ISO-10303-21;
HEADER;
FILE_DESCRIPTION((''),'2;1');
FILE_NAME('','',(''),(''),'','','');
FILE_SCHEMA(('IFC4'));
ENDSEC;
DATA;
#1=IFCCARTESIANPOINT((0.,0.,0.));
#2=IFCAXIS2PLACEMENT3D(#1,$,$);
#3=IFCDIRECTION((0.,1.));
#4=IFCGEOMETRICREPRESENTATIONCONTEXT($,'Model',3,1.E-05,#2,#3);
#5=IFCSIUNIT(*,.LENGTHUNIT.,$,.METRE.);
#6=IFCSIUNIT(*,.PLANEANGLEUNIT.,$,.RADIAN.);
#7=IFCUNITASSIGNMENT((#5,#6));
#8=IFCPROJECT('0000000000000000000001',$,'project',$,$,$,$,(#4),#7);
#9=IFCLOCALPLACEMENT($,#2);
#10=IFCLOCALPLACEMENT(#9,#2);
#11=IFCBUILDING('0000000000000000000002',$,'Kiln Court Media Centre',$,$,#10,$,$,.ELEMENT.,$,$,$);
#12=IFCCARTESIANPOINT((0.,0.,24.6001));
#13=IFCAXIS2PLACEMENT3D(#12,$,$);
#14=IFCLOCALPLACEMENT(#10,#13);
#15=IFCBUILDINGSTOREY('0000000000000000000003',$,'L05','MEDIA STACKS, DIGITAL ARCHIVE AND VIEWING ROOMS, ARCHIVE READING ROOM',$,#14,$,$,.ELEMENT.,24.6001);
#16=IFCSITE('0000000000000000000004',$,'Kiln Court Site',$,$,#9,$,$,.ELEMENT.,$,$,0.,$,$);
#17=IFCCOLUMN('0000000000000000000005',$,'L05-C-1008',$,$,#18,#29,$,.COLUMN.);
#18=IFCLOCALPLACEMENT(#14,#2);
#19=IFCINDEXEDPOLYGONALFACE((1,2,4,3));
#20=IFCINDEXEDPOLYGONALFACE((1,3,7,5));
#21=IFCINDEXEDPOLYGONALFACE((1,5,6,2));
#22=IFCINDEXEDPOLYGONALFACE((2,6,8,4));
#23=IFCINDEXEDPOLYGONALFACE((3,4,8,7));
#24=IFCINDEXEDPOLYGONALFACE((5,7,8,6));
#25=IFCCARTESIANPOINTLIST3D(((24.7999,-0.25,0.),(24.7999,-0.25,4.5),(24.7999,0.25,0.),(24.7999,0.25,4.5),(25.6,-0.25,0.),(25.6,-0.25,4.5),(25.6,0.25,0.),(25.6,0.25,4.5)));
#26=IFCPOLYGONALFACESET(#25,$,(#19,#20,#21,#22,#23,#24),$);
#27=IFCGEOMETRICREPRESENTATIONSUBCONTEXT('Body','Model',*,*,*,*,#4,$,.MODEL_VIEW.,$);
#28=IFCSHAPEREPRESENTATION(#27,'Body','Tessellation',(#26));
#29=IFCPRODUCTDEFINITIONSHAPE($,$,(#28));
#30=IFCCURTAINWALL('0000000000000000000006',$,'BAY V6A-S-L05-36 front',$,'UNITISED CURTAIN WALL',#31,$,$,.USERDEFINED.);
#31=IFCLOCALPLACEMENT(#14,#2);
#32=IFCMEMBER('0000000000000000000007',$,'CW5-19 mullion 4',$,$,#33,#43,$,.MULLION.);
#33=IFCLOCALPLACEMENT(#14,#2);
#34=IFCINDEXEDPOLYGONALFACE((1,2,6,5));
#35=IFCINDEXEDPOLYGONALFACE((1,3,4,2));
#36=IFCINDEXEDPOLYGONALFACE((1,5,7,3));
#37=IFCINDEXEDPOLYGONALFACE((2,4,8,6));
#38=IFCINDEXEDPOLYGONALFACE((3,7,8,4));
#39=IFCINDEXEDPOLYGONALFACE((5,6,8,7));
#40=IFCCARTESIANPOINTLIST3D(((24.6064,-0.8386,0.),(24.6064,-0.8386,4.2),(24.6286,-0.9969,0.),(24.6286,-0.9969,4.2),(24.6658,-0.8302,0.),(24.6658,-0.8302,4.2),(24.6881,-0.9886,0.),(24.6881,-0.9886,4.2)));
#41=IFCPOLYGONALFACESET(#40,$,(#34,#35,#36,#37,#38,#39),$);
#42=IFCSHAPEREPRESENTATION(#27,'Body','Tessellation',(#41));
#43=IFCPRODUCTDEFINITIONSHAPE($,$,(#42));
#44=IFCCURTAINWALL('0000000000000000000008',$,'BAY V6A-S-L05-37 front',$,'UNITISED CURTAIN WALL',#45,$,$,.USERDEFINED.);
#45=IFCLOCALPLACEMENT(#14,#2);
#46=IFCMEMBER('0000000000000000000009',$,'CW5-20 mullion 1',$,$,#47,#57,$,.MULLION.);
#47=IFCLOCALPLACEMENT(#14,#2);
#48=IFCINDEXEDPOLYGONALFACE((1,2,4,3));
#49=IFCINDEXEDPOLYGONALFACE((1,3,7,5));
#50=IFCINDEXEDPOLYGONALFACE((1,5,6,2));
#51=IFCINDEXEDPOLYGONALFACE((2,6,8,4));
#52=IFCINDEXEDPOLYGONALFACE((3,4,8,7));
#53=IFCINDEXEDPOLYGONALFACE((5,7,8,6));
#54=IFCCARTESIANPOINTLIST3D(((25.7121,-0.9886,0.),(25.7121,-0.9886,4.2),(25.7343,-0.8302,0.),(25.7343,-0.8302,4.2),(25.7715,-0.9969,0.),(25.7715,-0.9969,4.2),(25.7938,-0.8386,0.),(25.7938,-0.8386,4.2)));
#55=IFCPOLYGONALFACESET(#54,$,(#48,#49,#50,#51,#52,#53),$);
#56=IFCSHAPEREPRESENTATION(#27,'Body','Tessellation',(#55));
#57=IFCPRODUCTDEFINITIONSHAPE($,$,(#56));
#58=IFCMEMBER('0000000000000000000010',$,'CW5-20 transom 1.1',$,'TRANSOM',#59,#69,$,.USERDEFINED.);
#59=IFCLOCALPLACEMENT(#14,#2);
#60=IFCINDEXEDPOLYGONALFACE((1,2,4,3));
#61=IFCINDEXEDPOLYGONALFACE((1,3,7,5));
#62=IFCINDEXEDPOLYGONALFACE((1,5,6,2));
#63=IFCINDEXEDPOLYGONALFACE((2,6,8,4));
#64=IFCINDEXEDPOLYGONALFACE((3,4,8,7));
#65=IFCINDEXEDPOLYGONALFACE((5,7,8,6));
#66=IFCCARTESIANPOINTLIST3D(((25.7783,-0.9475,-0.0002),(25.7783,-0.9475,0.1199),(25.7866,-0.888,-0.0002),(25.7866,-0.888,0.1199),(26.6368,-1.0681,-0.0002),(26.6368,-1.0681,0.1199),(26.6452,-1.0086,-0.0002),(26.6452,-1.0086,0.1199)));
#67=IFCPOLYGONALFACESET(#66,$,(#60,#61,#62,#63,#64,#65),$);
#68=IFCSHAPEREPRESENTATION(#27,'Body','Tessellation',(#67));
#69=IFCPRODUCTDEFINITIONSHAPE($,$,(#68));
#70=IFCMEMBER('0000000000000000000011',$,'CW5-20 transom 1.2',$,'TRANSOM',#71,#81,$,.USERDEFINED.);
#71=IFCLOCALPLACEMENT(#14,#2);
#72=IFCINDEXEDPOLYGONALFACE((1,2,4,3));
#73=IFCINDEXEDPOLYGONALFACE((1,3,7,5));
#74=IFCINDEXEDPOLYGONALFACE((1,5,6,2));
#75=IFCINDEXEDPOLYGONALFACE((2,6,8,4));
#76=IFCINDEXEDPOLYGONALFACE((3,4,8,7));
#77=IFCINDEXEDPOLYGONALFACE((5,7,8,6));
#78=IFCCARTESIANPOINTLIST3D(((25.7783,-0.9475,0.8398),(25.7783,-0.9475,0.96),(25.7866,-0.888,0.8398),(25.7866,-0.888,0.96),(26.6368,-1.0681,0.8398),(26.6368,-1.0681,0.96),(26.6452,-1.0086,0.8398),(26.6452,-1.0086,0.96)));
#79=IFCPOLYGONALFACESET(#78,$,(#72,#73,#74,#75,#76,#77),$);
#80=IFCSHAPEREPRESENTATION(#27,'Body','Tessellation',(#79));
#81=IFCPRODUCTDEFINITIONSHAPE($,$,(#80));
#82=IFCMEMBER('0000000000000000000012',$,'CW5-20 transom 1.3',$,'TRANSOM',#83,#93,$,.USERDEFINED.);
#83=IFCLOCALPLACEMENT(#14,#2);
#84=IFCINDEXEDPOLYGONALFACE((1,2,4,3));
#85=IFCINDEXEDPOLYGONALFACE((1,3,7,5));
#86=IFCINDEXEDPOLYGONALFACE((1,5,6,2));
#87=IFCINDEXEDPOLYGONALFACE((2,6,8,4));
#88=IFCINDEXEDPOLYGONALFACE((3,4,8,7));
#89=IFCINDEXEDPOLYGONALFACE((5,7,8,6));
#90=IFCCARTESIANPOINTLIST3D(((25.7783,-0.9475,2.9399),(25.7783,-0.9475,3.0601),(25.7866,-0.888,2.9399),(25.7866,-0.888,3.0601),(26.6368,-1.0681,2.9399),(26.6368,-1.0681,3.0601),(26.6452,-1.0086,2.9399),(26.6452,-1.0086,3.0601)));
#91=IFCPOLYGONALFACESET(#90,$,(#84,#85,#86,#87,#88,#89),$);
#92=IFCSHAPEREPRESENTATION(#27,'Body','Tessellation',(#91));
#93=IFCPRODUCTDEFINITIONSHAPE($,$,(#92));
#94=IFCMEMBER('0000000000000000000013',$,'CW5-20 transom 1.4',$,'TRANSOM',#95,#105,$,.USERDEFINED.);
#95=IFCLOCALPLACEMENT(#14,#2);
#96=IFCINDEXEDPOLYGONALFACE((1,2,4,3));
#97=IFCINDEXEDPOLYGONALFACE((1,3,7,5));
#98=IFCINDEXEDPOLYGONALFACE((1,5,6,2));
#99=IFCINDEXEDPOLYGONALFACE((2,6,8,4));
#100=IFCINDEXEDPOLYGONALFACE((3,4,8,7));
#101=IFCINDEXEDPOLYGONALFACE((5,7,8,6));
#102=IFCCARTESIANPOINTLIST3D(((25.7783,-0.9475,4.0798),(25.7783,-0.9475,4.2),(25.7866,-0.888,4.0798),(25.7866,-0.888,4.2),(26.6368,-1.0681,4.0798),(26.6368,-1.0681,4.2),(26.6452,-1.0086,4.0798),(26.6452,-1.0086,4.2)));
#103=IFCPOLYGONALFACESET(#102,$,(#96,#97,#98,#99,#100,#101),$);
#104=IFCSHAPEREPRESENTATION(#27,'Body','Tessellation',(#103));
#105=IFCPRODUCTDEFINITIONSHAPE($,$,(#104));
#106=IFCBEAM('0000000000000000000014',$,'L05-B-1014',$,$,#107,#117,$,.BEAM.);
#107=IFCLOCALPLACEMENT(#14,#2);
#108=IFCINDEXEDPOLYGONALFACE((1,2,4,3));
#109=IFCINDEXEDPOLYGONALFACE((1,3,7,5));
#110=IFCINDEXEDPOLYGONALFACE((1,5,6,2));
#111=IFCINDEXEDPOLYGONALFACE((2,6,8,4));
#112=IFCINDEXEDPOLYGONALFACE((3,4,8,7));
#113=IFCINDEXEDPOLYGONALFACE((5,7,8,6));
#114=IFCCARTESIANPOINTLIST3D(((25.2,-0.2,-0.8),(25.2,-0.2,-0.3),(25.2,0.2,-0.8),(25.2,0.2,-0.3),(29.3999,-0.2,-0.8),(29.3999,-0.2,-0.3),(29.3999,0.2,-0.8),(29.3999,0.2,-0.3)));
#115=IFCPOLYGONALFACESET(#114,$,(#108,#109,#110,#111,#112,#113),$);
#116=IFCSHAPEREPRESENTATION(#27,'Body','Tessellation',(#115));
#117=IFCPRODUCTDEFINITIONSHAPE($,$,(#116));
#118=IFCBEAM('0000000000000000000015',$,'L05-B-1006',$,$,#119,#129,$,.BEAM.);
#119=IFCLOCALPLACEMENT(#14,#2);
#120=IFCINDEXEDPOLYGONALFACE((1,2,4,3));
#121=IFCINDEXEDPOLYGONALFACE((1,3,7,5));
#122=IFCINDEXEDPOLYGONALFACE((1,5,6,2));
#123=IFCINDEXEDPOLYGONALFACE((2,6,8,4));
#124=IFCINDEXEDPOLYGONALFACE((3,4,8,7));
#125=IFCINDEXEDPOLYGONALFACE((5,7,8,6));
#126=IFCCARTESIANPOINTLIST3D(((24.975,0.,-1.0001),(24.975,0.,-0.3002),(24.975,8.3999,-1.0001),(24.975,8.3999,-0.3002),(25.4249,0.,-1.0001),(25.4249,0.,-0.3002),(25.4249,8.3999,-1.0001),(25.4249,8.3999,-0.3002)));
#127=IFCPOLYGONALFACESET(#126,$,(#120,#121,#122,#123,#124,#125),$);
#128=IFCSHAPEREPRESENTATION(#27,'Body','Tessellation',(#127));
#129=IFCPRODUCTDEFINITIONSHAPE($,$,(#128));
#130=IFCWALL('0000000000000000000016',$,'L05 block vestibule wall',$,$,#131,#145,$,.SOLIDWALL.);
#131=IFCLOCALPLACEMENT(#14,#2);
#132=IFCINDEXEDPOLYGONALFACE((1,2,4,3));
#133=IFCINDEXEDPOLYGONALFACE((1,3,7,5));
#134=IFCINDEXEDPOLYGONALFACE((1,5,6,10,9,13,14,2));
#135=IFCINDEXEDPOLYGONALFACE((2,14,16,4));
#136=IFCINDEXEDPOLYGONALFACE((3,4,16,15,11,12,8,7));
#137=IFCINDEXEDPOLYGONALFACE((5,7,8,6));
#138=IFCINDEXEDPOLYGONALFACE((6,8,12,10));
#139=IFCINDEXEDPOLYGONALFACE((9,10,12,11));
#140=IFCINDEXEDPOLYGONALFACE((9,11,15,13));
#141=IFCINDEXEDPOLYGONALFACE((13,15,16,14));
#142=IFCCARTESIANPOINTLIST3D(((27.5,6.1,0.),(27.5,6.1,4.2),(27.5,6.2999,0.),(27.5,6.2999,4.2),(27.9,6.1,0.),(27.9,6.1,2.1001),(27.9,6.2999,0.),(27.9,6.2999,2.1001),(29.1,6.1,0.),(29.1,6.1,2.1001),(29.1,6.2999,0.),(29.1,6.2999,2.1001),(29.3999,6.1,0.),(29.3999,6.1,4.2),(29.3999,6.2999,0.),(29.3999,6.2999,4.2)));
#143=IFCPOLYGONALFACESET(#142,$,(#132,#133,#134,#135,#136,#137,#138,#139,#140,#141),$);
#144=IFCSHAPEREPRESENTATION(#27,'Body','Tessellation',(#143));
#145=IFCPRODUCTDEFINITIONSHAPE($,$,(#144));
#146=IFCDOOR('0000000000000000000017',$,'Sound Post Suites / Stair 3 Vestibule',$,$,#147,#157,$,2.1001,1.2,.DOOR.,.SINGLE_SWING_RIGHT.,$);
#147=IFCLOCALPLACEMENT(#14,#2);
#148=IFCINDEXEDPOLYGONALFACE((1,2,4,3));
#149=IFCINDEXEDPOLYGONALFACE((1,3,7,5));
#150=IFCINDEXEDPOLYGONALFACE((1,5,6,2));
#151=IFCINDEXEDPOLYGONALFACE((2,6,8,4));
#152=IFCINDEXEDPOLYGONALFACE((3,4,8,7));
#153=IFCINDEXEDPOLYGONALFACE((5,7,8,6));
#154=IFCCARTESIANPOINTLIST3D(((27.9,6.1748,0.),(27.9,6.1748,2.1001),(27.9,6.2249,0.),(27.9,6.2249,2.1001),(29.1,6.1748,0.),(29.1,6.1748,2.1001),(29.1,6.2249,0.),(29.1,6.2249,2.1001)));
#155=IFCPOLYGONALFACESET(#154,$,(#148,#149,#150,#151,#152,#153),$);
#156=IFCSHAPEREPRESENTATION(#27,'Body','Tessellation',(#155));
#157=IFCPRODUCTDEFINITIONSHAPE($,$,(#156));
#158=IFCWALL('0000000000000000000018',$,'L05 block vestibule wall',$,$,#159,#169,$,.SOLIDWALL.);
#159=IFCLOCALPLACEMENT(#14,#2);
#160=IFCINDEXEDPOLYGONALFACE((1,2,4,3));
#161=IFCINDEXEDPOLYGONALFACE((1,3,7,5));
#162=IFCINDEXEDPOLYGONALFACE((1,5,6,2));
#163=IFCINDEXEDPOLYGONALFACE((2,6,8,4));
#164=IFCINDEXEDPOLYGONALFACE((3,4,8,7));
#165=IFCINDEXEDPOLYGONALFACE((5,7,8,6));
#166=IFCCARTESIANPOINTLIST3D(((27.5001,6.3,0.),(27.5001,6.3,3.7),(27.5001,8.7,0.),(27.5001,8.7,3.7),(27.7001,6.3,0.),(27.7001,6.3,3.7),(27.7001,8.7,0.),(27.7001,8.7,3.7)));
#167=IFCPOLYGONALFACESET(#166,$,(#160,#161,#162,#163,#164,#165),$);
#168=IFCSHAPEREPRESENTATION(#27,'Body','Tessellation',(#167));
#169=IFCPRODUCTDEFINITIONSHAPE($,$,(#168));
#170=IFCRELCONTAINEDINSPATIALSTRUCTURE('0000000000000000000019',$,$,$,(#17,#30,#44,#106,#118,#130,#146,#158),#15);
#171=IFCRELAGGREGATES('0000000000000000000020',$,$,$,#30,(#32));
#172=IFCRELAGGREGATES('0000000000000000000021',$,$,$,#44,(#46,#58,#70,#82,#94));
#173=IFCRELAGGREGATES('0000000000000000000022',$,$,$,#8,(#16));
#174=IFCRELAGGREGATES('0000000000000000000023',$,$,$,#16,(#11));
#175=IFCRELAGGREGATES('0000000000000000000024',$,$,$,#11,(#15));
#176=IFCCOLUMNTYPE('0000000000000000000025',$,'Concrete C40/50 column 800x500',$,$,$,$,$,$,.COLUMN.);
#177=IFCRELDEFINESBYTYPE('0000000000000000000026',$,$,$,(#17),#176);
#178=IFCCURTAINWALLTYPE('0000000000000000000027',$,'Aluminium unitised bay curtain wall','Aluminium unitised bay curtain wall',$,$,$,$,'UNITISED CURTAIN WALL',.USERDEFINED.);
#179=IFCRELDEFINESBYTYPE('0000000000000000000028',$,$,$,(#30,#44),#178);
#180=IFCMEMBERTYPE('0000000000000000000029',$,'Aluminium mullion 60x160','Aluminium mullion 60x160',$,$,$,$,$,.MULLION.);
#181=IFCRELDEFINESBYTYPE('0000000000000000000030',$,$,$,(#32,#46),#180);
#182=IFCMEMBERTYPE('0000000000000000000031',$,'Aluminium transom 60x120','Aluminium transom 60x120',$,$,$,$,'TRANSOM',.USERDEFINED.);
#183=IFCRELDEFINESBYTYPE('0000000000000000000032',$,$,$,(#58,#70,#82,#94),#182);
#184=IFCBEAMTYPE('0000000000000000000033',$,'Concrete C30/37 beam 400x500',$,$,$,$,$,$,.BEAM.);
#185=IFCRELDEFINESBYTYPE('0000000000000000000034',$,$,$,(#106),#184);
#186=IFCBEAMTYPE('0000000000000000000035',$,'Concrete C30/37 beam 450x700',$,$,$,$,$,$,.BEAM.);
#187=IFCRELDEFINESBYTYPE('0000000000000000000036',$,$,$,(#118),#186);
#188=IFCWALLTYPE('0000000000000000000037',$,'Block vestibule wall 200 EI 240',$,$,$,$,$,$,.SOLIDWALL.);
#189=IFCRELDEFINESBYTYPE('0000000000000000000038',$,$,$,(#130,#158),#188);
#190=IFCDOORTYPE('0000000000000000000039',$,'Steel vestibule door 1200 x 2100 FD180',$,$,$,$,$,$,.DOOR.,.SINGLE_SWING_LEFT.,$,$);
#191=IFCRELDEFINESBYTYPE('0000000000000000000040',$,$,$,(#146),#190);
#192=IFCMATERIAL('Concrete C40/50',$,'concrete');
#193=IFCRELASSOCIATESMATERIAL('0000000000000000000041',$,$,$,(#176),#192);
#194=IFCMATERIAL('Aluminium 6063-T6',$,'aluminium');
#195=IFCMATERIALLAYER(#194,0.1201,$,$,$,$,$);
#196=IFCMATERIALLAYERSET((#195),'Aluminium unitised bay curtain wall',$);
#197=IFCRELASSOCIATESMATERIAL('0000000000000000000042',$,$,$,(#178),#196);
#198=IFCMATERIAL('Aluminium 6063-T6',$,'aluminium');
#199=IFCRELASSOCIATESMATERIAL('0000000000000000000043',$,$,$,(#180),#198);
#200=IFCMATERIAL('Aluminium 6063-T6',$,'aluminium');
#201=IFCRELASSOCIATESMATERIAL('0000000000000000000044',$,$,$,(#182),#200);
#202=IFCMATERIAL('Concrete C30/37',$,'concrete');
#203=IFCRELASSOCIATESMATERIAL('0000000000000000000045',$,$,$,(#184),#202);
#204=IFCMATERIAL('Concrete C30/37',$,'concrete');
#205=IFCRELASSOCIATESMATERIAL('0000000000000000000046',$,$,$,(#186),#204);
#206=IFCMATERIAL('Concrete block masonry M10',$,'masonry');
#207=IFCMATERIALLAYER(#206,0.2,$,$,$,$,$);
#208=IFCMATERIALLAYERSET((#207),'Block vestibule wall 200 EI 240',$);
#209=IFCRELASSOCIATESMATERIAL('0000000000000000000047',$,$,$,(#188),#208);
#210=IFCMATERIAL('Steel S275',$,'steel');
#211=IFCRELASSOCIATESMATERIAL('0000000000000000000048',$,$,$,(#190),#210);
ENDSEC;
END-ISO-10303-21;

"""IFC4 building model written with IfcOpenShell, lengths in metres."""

from ifc_helpers import new_model, si_unit, direction, frame, frame_2d, origin, origin_2d, place, context, subcontext, project, spatial, rectangle, extrude, material, layer, layer_set, material_profile, profile_set, type_object, element, fill, aggregate, save


model = new_model("IFC4")

# Units and contexts
model_context = context("Model", 3, precision=1e-05, world=origin(), true_north=direction((0.0, 1.0)))
body_context = subcontext(model_context, "Body", "Model", "MODEL_VIEW")
ifc_project = project(units=[si_unit("LENGTHUNIT", "METRE"), si_unit("PLANEANGLEUNIT", "RADIAN")], contexts=[model_context])

# Site, building, storey
site_placement = place(None, origin())
site = spatial("IfcSite", under=ifc_project, at=site_placement, Name="Kiln Court Site", CompositionType="ELEMENT", RefElevation=0.0)
building_placement = place(site_placement, origin())
building = spatial("IfcBuilding", under=site, at=building_placement, Name="Kiln Court Media Centre", CompositionType="ELEMENT")
storey_placement = place(building_placement, frame((0.0, 0.0, 24.6001)))
storey = spatial("IfcBuildingStorey", under=building, at=storey_placement, Name="L05", Description="MEDIA STACKS, DIGITAL ARCHIVE AND VIEWING ROOMS, ARCHIVE READING ROOM", CompositionType="ELEMENT", Elevation=24.6001)

# Column
ifc_material_1 = material(Name="Concrete C40/50", Category="concrete")
ifc_material_profile_1 = material_profile(ifc_material_1, rectangle(XDim=0.8, YDim=0.5, at=origin_2d()), Name="RC 800x500")
ifc_profile_set_1 = profile_set([ifc_material_profile_1], Name="Concrete C40/50")
column_type = type_object("IfcColumnType", Name="Concrete C40/50 column 800x500", PredefinedType="COLUMN", material=ifc_profile_set_1)
column_placement = place(storey_placement, frame((25.2, 0.0, 0.0), z_axis=(0.0, 0.0, 1.0), x_axis=(1.0, 0.0, 0.0)))
element("IfcColumn", 1, at=column_placement, inside=storey, type_object=column_type, Name="L05-C-1008", PredefinedType="COLUMN", context=body_context, shape_type="SweptSolid", body=[
    extrude(rectangle(XDim=0.8, YDim=0.5, at=origin_2d()), origin(), (0.0, 0.0, 1.0), 4.5),
])

# Curtain wall, member
ifc_material_2 = material(Name="Aluminium 6063-T6", Category="aluminium")
ifc_layer_1 = layer(ifc_material_2, 0.1201)
ifc_layer_set_1 = layer_set([ifc_layer_1], Name="Aluminium unitised bay curtain wall")
curtain_wall_type = type_object("IfcCurtainWallType", Name="Aluminium unitised bay curtain wall", Description="Aluminium unitised bay curtain wall", ElementType="UNITISED CURTAIN WALL", PredefinedType="USERDEFINED", material=ifc_layer_set_1)
curtain_wall_1_placement = place(storey_placement, origin())
curtain_wall_1 = element("IfcCurtainWall", 2, at=curtain_wall_1_placement, inside=storey, type_object=curtain_wall_type, Name="BAY V6A-S-L05-36 front", ObjectType="UNITISED CURTAIN WALL", PredefinedType="USERDEFINED")
ifc_material_3 = material(Name="Aluminium 6063-T6", Category="aluminium")
ifc_material_profile_2 = material_profile(ifc_material_3, rectangle(XDim=0.0601, YDim=0.1599, at=origin_2d()), Name="Aluminium mullion 60x160")
ifc_profile_set_2 = profile_set([ifc_material_profile_2], Name="Aluminium 6063-T6")
member_type_1 = type_object("IfcMemberType", Name="Aluminium mullion 60x160", Description="Aluminium mullion 60x160", PredefinedType="MULLION", material=ifc_profile_set_2)
member_1_placement = place(storey_placement, frame((24.6472, -0.9136, 0.0), z_axis=(0.0, 0.0, 1.0), x_axis=(0.99027, 0.139162, 0.0)))
member_1 = element("IfcMember", 3, at=member_1_placement, type_object=member_type_1, Name="CW5-19 mullion 4", PredefinedType="MULLION", context=body_context, shape_type="SweptSolid", body=[
    extrude(rectangle(XDim=0.0601, YDim=0.1599, at=origin_2d()), origin(), (0.0, 0.0, 1.0), 4.2),
])
aggregate(curtain_wall_1, [member_1])

# Curtain wall, members
curtain_wall_2_placement = place(storey_placement, origin())
curtain_wall_2 = element("IfcCurtainWall", 4, at=curtain_wall_2_placement, inside=storey, type_object=curtain_wall_type, Name="BAY V6A-S-L05-37 front", ObjectType="UNITISED CURTAIN WALL", PredefinedType="USERDEFINED")
member_2_placement = place(storey_placement, frame((25.7529, -0.9136, 0.0), z_axis=(0.0, 0.0, 1.0), x_axis=(0.99027, -0.139162, 0.0)))
member_2 = element("IfcMember", 5, at=member_2_placement, type_object=member_type_1, Name="CW5-20 mullion 1", PredefinedType="MULLION", context=body_context, shape_type="SweptSolid", body=[
    extrude(rectangle(XDim=0.0601, YDim=0.1599, at=origin_2d()), origin(), (0.0, 0.0, 1.0), 4.2),
])
ifc_material_4 = material(Name="Aluminium 6063-T6", Category="aluminium")
ifc_material_profile_3 = material_profile(ifc_material_4, rectangle(XDim=0.0601, YDim=0.1201, at=origin_2d()), Name="Aluminium transom 60x120")
ifc_profile_set_3 = profile_set([ifc_material_profile_3], Name="Aluminium 6063-T6")
member_type_2 = type_object("IfcMemberType", Name="Aluminium transom 60x120", Description="Aluminium transom 60x120", ElementType="TRANSOM", PredefinedType="USERDEFINED", material=ifc_profile_set_3)
member_3_placement = place(storey_placement, frame((25.7825, -0.9177, 0.0598), z_axis=(0.990274, -0.139134, 0.0), x_axis=(0.139134, 0.990274, 0.0)))
member_3 = element("IfcMember", 6, at=member_3_placement, type_object=member_type_2, Name="CW5-20 transom 1.1", ObjectType="TRANSOM", PredefinedType="USERDEFINED", context=body_context, shape_type="SweptSolid", body=[
    extrude(rectangle(XDim=0.0601, YDim=0.1201, at=origin_2d()), origin(), (0.0, 0.0, 1.0), 0.8669),
])
member_4_placement = place(storey_placement, frame((25.7825, -0.9177, 0.8999), z_axis=(0.990274, -0.139134, 0.0), x_axis=(0.139134, 0.990274, 0.0)))
member_4 = element("IfcMember", 7, at=member_4_placement, type_object=member_type_2, Name="CW5-20 transom 1.2", ObjectType="TRANSOM", PredefinedType="USERDEFINED", context=body_context, shape_type="SweptSolid", body=[
    extrude(rectangle(XDim=0.0601, YDim=0.1201, at=origin_2d()), origin(), (0.0, 0.0, 1.0), 0.8669),
])
member_5_placement = place(storey_placement, frame((25.7825, -0.9177, 3.0), z_axis=(0.990274, -0.139134, 0.0), x_axis=(0.139134, 0.990274, 0.0)))
member_5 = element("IfcMember", 8, at=member_5_placement, type_object=member_type_2, Name="CW5-20 transom 1.3", ObjectType="TRANSOM", PredefinedType="USERDEFINED", context=body_context, shape_type="SweptSolid", body=[
    extrude(rectangle(XDim=0.0601, YDim=0.1201, at=origin_2d()), origin(), (0.0, 0.0, 1.0), 0.8669),
])
member_6_placement = place(storey_placement, frame((25.7825, -0.9177, 4.1399), z_axis=(0.990274, -0.139134, 0.0), x_axis=(0.139134, 0.990274, 0.0)))
member_6 = element("IfcMember", 9, at=member_6_placement, type_object=member_type_2, Name="CW5-20 transom 1.4", ObjectType="TRANSOM", PredefinedType="USERDEFINED", context=body_context, shape_type="SweptSolid", body=[
    extrude(rectangle(XDim=0.0601, YDim=0.1201, at=origin_2d()), origin(), (0.0, 0.0, 1.0), 0.8669),
])
aggregate(curtain_wall_2, [member_2, member_3, member_4, member_5, member_6])

# Beams
ifc_material_5 = material(Name="Concrete C30/37", Category="concrete")
ifc_material_profile_4 = material_profile(ifc_material_5, rectangle(XDim=0.3999, YDim=0.5, at=origin_2d()), Name="RC 400x500")
ifc_profile_set_4 = profile_set([ifc_material_profile_4], Name="Concrete C30/37")
beam_type_1 = type_object("IfcBeamType", Name="Concrete C30/37 beam 400x500", PredefinedType="BEAM", material=ifc_profile_set_4)
beam_1_placement = place(storey_placement, frame((25.2, 0.0, -0.55), z_axis=(1.0, 0.0, 0.0), x_axis=(0.0, 1.0, 0.0)))
element("IfcBeam", 10, at=beam_1_placement, inside=storey, type_object=beam_type_1, Name="L05-B-1014", PredefinedType="BEAM", context=body_context, shape_type="SweptSolid", body=[
    extrude(rectangle(XDim=0.3999, YDim=0.5, at=origin_2d()), origin(), (0.0, 0.0, 1.0), 4.2),
])
ifc_material_6 = material(Name="Concrete C30/37", Category="concrete")
ifc_material_profile_5 = material_profile(ifc_material_6, rectangle(XDim=0.45, YDim=0.7, at=origin_2d()), Name="RC 450x700")
ifc_profile_set_5 = profile_set([ifc_material_profile_5], Name="Concrete C30/37")
beam_type_2 = type_object("IfcBeamType", Name="Concrete C30/37 beam 450x700", PredefinedType="BEAM", material=ifc_profile_set_5)
beam_2_placement = place(storey_placement, frame((25.2, 0.0, -0.6501), z_axis=(0.0, 1.0, 0.0), x_axis=(-1.0, 0.0, 0.0)))
element("IfcBeam", 11, at=beam_2_placement, inside=storey, type_object=beam_type_2, Name="L05-B-1006", PredefinedType="BEAM", context=body_context, shape_type="SweptSolid", body=[
    extrude(rectangle(XDim=0.45, YDim=0.7, at=origin_2d()), origin(), (0.0, 0.0, 1.0), 8.3999),
])

# Wall, opening, door
ifc_material_7 = material(Name="Concrete block masonry M10", Category="masonry")
ifc_layer_2 = layer(ifc_material_7, 0.2)
ifc_layer_set_2 = layer_set([ifc_layer_2], Name="Block vestibule wall 200 EI 240")
wall_type_1 = type_object("IfcWallType", Name="Block vestibule wall 200 EI 240", PredefinedType="SOLIDWALL", material=ifc_layer_set_2)
wall_1_placement = place(storey_placement, frame((27.5, 6.2, 0.0), z_axis=(0.0, 0.0, 1.0), x_axis=(1.0, 0.0, 0.0)))
wall_1 = element("IfcWall", 12, at=wall_1_placement, inside=storey, type_object=wall_type_1, Name="L05 block vestibule wall", PredefinedType="SOLIDWALL", context=body_context, shape_type="SweptSolid", body=[
    extrude(rectangle(XDim=1.8999, YDim=0.2, at=frame_2d((0.95, 0.0))), origin(), (0.0, 0.0, 1.0), 4.2),
])
opening_1_placement = place(wall_1_placement, frame((0.3999, 0.0, 0.0)))
opening_1 = element("IfcOpeningElement", 13, at=opening_1_placement, cuts=wall_1, PredefinedType="OPENING", context=body_context, shape_type="SweptSolid", body=[
    extrude(rectangle(XDim=1.2, YDim=2.1001, at=frame_2d((0.6001, 1.05))), frame((0.0, 0.1099, 0.0), z_axis=(0.0, -1.0, 0.0), x_axis=(1.0, 0.0, 0.0)), (0.0, 0.0, 1.0), 0.22),
])
ifc_material_8 = material(Name="Steel S275", Category="steel")
door_type_1 = type_object("IfcDoorType", Name="Steel vestibule door 1200 x 2100 FD180", OperationType="SINGLE_SWING_LEFT", PredefinedType="DOOR", material=ifc_material_8)
door_1_placement = place(opening_1_placement, origin())
door_1 = element("IfcDoor", 14, at=door_1_placement, inside=storey, type_object=door_type_1, Name="Sound Post Suites / Stair 3 Vestibule", OperationType="SINGLE_SWING_RIGHT", OverallHeight=2.1001, OverallWidth=1.2, PredefinedType="DOOR", context=body_context, shape_type="SweptSolid", body=[
    extrude(rectangle(XDim=1.2, YDim=2.1001, at=frame_2d((0.6001, 1.05))), frame((0.0, 0.0249, 0.0), z_axis=(0.0, -1.0, 0.0), x_axis=(1.0, 0.0, 0.0)), (0.0, 0.0, 1.0), 0.05),
])
fill(opening_1, door_1)

# Wall
wall_2_placement = place(storey_placement, frame((27.6001, 6.3, 0.0), z_axis=(0.0, 0.0, 1.0), x_axis=(0.0, 1.0, 0.0)))
element("IfcWall", 15, at=wall_2_placement, inside=storey, type_object=wall_type_1, Name="L05 block vestibule wall", PredefinedType="SOLIDWALL", context=body_context, shape_type="SweptSolid", body=[
    extrude(rectangle(XDim=2.3999, YDim=0.2, at=frame_2d((1.2, 0.0))), origin(), (0.0, 0.0, 1.0), 3.7),
])

save(model, "model.ifc")
